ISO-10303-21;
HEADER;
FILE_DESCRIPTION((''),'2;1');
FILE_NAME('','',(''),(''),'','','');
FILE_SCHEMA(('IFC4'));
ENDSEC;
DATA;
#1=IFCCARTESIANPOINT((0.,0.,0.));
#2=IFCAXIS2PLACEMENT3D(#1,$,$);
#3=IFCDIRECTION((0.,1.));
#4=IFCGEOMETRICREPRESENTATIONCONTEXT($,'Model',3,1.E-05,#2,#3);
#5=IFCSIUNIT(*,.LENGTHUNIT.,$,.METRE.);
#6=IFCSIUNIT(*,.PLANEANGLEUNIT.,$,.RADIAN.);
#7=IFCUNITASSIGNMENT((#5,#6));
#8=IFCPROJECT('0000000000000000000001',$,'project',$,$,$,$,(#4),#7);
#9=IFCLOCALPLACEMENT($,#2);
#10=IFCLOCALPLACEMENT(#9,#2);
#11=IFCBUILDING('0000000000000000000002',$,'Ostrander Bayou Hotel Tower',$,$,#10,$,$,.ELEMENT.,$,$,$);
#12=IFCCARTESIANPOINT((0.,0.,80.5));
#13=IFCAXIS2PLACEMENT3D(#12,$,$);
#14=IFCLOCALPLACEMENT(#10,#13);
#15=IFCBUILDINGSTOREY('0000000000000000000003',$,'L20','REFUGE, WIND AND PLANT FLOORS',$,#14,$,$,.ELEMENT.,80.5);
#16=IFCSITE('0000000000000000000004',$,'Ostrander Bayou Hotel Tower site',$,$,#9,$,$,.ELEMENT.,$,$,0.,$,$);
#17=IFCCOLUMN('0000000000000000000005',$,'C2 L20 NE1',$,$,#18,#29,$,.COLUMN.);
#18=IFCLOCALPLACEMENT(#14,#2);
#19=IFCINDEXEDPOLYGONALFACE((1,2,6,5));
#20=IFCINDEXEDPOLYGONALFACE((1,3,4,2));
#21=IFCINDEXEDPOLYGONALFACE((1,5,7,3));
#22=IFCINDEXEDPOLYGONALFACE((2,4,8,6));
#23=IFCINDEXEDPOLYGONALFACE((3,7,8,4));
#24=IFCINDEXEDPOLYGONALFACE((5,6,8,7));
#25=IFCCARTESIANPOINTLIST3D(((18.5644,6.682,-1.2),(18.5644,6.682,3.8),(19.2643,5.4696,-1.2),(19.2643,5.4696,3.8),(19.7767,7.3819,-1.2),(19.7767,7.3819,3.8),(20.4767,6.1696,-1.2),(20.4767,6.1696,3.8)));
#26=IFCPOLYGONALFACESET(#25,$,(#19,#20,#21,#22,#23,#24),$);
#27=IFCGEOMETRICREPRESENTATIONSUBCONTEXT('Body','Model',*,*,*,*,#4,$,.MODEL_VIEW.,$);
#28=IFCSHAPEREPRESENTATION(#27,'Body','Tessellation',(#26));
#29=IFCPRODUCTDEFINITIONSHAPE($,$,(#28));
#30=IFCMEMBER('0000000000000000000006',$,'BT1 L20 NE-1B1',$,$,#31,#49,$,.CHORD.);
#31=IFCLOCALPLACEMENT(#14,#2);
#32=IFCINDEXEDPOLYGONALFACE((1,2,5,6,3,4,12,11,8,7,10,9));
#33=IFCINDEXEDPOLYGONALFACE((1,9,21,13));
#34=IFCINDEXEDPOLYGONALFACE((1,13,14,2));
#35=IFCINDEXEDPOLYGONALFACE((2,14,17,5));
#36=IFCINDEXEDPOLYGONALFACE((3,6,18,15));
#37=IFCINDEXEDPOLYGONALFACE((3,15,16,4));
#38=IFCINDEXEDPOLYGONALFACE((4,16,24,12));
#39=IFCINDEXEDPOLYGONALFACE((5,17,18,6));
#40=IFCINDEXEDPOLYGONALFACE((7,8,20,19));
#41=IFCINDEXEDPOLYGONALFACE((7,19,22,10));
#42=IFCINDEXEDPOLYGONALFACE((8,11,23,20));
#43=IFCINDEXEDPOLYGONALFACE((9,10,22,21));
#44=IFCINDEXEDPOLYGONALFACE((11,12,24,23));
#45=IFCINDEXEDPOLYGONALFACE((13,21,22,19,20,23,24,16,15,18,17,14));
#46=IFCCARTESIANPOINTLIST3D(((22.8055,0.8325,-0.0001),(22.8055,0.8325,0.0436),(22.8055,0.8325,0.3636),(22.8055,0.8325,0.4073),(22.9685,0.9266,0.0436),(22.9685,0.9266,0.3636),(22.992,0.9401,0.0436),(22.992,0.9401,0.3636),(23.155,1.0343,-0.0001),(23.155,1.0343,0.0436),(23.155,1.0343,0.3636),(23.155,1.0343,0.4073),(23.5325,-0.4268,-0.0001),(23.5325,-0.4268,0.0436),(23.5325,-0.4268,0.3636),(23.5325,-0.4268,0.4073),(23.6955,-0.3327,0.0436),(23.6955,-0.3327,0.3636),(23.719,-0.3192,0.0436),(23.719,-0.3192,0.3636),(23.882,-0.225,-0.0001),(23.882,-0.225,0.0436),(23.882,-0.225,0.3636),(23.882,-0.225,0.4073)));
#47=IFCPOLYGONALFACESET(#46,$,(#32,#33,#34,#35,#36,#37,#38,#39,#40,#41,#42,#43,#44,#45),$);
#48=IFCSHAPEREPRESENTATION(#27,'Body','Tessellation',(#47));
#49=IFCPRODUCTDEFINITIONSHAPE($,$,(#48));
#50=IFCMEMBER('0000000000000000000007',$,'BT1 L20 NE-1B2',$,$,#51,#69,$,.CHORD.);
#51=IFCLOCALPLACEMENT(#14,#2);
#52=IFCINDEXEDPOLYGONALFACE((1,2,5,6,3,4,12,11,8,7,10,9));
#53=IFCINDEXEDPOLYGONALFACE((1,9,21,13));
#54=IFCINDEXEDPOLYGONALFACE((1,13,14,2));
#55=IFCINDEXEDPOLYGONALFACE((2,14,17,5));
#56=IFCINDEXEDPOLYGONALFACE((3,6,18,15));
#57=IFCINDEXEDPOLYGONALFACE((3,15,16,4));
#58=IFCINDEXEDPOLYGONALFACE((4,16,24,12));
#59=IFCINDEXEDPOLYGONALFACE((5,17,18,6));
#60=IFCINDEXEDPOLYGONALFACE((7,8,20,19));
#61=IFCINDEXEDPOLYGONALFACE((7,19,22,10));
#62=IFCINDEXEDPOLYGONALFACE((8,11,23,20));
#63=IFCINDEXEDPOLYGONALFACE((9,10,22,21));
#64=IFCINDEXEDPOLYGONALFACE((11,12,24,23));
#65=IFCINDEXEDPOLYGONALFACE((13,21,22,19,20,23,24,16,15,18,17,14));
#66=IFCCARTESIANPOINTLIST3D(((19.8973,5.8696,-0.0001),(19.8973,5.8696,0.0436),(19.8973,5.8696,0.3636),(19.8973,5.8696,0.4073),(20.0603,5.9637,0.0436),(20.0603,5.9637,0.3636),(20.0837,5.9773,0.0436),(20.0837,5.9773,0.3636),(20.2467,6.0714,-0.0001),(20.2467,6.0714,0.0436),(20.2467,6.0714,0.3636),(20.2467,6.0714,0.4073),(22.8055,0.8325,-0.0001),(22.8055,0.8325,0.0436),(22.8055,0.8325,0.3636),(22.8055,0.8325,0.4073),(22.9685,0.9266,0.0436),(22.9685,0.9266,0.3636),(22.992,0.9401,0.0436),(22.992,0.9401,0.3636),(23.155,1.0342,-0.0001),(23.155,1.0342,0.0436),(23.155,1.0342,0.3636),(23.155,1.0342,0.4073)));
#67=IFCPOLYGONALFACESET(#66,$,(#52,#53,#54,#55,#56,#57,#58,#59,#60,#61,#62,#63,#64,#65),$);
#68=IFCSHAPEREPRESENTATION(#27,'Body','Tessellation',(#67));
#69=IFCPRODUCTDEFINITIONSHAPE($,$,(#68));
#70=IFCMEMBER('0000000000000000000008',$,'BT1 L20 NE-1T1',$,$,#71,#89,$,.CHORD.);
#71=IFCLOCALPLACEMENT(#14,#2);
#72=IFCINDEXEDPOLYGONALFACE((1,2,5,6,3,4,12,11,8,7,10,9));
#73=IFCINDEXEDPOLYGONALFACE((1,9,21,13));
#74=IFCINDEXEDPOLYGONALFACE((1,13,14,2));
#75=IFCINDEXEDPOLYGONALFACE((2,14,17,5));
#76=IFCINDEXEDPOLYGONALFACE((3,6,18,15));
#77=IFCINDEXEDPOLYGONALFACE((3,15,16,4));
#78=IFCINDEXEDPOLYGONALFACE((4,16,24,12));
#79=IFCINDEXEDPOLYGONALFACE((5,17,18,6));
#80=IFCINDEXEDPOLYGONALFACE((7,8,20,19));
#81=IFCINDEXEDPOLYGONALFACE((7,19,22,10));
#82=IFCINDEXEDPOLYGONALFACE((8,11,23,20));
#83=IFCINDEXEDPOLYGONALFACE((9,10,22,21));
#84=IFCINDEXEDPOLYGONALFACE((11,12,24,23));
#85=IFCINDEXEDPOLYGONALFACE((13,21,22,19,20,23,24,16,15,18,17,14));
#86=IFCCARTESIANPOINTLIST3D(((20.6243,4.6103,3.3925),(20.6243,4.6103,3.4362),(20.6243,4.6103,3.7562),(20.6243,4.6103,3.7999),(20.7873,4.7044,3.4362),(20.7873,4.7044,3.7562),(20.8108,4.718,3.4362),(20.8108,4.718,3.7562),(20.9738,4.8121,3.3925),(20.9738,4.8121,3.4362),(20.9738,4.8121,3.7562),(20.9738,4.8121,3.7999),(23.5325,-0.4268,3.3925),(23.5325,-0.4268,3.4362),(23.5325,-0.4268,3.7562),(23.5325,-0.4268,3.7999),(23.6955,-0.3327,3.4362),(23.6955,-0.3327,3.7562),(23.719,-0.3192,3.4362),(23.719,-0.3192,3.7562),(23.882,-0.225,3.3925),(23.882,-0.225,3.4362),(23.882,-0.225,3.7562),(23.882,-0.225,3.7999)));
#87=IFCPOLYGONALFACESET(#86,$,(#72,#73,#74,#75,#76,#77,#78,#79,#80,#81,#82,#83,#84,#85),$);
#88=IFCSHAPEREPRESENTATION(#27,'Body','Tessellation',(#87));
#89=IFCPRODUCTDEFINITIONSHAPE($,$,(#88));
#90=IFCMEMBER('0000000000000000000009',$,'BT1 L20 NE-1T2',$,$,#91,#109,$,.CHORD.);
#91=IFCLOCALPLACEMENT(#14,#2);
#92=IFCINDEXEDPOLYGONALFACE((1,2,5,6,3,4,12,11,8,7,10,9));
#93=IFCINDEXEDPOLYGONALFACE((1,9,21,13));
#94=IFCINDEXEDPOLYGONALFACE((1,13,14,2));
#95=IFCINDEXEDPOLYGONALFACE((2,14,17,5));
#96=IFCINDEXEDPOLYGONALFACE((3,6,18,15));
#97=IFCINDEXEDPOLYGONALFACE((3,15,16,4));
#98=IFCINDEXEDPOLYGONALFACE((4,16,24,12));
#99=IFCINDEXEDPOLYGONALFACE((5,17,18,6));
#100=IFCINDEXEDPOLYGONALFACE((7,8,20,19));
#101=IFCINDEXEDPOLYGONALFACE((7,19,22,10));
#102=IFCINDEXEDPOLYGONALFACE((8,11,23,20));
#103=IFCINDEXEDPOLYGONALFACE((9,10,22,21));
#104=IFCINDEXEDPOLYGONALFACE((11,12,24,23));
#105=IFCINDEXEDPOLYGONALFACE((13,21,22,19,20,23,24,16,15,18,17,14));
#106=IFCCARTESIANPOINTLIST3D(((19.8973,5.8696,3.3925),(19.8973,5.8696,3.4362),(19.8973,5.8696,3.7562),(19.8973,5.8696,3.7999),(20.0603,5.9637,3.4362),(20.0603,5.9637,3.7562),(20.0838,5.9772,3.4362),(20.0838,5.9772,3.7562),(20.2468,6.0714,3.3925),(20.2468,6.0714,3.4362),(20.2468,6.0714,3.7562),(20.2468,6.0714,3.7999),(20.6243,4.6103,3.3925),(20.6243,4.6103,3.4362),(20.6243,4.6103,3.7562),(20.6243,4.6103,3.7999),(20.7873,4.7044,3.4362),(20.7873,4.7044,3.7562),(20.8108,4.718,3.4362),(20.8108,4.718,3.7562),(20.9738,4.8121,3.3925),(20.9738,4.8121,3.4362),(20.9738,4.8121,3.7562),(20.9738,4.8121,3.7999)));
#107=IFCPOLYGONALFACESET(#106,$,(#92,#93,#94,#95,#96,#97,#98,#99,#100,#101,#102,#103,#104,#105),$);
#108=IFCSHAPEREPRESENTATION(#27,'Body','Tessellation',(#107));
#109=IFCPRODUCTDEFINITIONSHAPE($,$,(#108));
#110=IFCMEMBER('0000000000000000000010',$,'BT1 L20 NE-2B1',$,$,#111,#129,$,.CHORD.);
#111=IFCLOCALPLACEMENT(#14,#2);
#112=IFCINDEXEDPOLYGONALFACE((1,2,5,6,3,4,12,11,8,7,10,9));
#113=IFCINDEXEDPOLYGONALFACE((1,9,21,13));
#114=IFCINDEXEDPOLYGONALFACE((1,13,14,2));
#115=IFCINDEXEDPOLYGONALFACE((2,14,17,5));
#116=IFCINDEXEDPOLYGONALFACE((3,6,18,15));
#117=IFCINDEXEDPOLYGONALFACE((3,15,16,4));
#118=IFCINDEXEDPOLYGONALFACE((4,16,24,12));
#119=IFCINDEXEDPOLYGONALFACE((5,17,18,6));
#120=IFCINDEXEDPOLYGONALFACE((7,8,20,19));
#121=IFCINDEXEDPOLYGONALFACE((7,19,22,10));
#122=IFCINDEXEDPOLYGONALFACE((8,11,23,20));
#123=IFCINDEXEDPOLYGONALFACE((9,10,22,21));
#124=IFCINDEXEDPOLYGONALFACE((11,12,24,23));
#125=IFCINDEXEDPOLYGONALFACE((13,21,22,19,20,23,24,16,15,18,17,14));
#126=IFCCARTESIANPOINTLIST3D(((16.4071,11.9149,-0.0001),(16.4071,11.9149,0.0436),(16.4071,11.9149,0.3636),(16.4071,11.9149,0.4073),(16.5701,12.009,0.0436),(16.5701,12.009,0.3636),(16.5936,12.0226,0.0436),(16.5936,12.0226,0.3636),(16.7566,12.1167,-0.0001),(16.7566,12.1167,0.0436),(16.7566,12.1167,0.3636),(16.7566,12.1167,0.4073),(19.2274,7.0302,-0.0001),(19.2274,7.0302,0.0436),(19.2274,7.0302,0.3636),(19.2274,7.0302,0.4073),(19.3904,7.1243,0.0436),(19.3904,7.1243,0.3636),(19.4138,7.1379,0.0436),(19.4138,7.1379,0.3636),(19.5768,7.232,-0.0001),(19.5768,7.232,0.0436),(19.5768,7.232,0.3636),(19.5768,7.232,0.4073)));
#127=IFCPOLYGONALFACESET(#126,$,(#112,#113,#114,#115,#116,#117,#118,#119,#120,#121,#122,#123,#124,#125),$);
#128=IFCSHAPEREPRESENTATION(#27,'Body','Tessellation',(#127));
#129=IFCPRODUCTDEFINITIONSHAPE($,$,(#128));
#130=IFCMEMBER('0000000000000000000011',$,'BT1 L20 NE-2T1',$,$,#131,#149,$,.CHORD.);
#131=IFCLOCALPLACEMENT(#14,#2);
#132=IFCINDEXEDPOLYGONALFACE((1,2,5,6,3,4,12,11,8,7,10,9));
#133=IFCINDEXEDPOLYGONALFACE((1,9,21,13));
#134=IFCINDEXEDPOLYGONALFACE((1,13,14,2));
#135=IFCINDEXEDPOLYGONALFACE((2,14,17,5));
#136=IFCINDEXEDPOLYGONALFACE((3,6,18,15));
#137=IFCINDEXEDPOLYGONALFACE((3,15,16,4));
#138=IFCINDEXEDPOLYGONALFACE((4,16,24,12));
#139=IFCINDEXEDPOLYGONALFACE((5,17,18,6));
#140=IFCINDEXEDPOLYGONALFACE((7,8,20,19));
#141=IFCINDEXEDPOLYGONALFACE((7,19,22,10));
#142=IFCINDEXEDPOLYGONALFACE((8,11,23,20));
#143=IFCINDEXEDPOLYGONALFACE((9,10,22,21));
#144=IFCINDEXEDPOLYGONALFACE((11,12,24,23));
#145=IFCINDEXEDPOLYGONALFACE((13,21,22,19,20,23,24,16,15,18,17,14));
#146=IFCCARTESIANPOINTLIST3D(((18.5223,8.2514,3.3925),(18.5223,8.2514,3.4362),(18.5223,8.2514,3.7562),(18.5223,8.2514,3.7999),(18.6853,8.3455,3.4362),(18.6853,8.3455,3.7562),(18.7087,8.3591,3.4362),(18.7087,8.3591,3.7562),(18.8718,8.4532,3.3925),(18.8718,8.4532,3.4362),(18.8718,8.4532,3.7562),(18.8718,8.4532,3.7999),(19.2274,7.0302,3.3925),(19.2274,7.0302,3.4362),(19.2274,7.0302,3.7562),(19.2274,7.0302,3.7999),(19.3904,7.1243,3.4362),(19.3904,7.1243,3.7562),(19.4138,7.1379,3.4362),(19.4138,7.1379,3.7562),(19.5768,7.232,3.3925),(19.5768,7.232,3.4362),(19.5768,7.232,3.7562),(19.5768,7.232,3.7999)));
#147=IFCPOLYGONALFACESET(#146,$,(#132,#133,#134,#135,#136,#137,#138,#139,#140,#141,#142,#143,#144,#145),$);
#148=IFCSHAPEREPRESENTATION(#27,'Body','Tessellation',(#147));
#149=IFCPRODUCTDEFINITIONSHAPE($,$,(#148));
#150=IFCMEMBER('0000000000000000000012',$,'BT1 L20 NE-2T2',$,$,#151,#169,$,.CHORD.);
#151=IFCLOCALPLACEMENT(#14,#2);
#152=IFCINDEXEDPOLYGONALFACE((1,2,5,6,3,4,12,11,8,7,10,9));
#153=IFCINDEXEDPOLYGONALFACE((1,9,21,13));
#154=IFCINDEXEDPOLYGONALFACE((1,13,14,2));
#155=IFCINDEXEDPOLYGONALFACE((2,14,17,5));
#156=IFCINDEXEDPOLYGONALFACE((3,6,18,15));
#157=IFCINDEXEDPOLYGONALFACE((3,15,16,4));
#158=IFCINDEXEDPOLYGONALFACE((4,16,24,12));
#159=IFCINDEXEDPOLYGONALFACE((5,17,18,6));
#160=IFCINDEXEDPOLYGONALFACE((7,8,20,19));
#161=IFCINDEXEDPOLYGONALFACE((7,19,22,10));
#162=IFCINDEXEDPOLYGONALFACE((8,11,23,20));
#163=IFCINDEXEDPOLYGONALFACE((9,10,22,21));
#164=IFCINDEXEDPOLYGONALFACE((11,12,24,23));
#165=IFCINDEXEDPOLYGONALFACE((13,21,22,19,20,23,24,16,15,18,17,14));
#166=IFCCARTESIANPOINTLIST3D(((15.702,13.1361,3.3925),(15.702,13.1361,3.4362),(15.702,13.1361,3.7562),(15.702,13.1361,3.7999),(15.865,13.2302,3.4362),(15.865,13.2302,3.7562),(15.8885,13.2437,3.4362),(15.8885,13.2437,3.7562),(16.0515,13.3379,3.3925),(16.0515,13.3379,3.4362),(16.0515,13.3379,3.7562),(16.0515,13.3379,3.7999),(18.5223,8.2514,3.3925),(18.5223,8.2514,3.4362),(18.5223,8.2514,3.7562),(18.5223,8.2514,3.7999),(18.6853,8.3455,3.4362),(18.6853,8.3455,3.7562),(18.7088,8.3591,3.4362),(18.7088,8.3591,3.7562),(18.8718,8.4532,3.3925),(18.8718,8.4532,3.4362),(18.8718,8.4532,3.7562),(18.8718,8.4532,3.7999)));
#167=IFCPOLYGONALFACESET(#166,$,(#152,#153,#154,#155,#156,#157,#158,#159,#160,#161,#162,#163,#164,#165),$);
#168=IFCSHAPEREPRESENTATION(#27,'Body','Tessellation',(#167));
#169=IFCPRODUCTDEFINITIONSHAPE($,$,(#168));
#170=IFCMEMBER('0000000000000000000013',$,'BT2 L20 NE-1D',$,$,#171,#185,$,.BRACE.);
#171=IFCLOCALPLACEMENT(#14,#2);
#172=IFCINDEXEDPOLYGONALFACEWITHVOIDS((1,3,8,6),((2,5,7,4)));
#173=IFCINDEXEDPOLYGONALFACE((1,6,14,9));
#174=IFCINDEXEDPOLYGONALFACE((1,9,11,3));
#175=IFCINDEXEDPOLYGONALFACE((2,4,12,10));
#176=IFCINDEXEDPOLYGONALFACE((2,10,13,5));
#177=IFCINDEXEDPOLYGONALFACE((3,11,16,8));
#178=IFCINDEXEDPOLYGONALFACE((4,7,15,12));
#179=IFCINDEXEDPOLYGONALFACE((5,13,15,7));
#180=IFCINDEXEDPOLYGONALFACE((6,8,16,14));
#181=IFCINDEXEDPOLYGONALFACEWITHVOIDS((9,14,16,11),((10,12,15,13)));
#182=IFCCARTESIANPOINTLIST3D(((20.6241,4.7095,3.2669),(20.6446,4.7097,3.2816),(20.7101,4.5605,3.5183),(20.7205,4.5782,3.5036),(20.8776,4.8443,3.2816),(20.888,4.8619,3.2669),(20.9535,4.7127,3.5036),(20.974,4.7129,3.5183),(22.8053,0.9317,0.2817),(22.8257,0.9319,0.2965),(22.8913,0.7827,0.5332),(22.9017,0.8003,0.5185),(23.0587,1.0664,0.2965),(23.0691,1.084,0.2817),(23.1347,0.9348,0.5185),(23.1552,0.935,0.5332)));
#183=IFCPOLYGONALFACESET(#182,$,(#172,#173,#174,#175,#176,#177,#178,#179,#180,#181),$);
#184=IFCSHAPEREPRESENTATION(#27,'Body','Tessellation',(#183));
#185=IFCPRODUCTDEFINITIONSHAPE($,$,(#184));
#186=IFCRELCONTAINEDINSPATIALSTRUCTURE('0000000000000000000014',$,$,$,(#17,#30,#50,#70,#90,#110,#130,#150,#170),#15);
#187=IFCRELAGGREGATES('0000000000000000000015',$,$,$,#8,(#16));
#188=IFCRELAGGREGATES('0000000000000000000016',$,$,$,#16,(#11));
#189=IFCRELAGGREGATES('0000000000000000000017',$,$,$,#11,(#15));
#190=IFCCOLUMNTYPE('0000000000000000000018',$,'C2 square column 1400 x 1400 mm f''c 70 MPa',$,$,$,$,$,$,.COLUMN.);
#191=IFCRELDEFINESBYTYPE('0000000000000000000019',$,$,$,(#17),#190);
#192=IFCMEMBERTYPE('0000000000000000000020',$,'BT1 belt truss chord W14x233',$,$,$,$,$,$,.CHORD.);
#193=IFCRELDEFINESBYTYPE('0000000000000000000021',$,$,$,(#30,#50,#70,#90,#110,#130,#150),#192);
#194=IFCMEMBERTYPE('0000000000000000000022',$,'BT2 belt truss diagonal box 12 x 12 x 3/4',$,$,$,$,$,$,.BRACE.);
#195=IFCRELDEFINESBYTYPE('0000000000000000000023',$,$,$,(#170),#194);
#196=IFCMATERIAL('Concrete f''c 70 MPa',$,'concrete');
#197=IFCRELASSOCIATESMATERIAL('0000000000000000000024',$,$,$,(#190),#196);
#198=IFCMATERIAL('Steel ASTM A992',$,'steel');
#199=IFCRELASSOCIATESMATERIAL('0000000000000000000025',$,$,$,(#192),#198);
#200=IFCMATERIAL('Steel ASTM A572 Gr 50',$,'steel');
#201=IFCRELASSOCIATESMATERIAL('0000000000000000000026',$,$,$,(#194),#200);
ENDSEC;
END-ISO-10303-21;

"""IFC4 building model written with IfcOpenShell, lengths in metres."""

from ifc_helpers import new_model, si_unit, direction, frame, origin, origin_2d, place, context, subcontext, project, spatial, rectangle, hollow_rectangle, i_section, extrude, material, material_profile, profile_set, type_object, element, save


model = new_model("IFC4")

# Units and contexts
model_context = context("Model", 3, precision=1e-05, world=origin(), true_north=direction((0.0, 1.0)))
body_context = subcontext(model_context, "Body", "Model", "MODEL_VIEW")
ifc_project = project(units=[si_unit("LENGTHUNIT", "METRE"), si_unit("PLANEANGLEUNIT", "RADIAN")], contexts=[model_context])

# Site, building, storey
site_placement = place(None, origin())
site = spatial("IfcSite", under=ifc_project, at=site_placement, Name="Ostrander Bayou Hotel Tower site", CompositionType="ELEMENT", RefElevation=0.0)
building_placement = place(site_placement, origin())
building = spatial("IfcBuilding", under=site, at=building_placement, Name="Ostrander Bayou Hotel Tower", CompositionType="ELEMENT")
storey_placement = place(building_placement, frame((0.0, 0.0, 80.5)))
storey = spatial("IfcBuildingStorey", under=building, at=storey_placement, Name="L20", Description="REFUGE, WIND AND PLANT FLOORS", CompositionType="ELEMENT", Elevation=80.5)

# Column
ifc_material_1 = material(Name="Concrete f'c 70 MPa", Category="concrete")
ifc_material_profile_1 = material_profile(ifc_material_1, rectangle(XDim=1.3999, YDim=1.3999, at=origin_2d()))
ifc_profile_set_1 = profile_set([ifc_material_profile_1], Name="Concrete f'c 70 MPa")
column_type = type_object("IfcColumnType", Name="C2 square column 1400 x 1400 mm f'c 70 MPa", PredefinedType="COLUMN", material=ifc_profile_set_1)
column_placement = place(storey_placement, frame((19.5205, 6.4258, -1.2), z_axis=(0.0, 0.0, 1.0), x_axis=(0.5, -0.866025, 0.0)))
element("IfcColumn", 1, at=column_placement, inside=storey, type_object=column_type, Name="C2 L20 NE1", PredefinedType="COLUMN", context=body_context, shape_type="SweptSolid", body=[
    extrude(rectangle(XDim=1.3999, YDim=1.3999, at=origin_2d()), origin(), (0.0, 0.0, 1.0), 5.0),
])

# Members
ifc_material_2 = material(Name="Steel ASTM A992", Category="steel")
ifc_material_profile_2 = material_profile(ifc_material_2, i_section(OverallWidth=0.4036, OverallDepth=0.4075, WebThickness=0.0271, FlangeThickness=0.0437, at=origin_2d()))
ifc_profile_set_2 = profile_set([ifc_material_profile_2], Name="Steel ASTM A992")
member_type_1 = type_object("IfcMemberType", Name="BT1 belt truss chord W14x233", PredefinedType="CHORD", material=ifc_profile_set_2)
member_1_placement = place(storey_placement, frame((23.7073, -0.3259, 0.2036), z_axis=(-0.500003, 0.866023, 0.0), x_axis=(-0.866023, -0.500003, 0.0)))
element("IfcMember", 2, at=member_1_placement, inside=storey, type_object=member_type_1, Name="BT1 L20 NE-1B1", PredefinedType="CHORD", context=body_context, shape_type="SweptSolid", body=[
    extrude(i_section(OverallWidth=0.4036, OverallDepth=0.4075, WebThickness=0.0271, FlangeThickness=0.0437, at=origin_2d()), origin(), (0.0, 0.0, 1.0), 1.4541),
])
for number, where, z_axis, x_axis, name in (
    (3, (22.9802, 0.9333, 0.2036), (-0.500003, 0.866023, 0.0), (-0.866023, -0.500003, 0.0), "BT1 L20 NE-1B2"),
    (4, (23.7073, -0.3259, 3.5962), (-0.500003, 0.866023, 0.0), (-0.866023, -0.500003, 0.0), "BT1 L20 NE-1T1"),
):
    element("IfcMember", number, at=place(storey_placement, frame(where, z_axis=z_axis, x_axis=x_axis)), inside=storey, type_object=member_type_1, Name=name, PredefinedType="CHORD", context=body_context, shape_type="SweptSolid", body=[
        extrude(i_section(OverallWidth=0.4036, OverallDepth=0.4075, WebThickness=0.0271, FlangeThickness=0.0437, at=origin_2d()), origin(), (0.0, 0.0, 1.0), 5.8164),
    ])
member_2_placement = place(storey_placement, frame((20.7991, 4.7112, 3.5962), z_axis=(-0.500003, 0.866023, 0.0), x_axis=(-0.866023, -0.500003, 0.0)))
element("IfcMember", 5, at=member_2_placement, inside=storey, type_object=member_type_1, Name="BT1 L20 NE-1T2", PredefinedType="CHORD", context=body_context, shape_type="SweptSolid", body=[
    extrude(i_section(OverallWidth=0.4036, OverallDepth=0.4075, WebThickness=0.0271, FlangeThickness=0.0437, at=origin_2d()), origin(), (0.0, 0.0, 1.0), 1.4541),
])
member_3_placement = place(storey_placement, frame((19.4021, 7.1311, 0.2036), z_axis=(-0.500012, 0.866018, 0.0), x_axis=(-0.866018, -0.500012, 0.0)))
element("IfcMember", 6, at=member_3_placement, inside=storey, type_object=member_type_1, Name="BT1 L20 NE-2B1", PredefinedType="CHORD", context=body_context, shape_type="SweptSolid", body=[
    extrude(i_section(OverallWidth=0.4036, OverallDepth=0.4075, WebThickness=0.0271, FlangeThickness=0.0437, at=origin_2d()), origin(), (0.0, 0.0, 1.0), 5.6404),
])
member_4_placement = place(storey_placement, frame((19.4021, 7.1311, 3.5962), z_axis=(-0.500012, 0.866018, 0.0), x_axis=(-0.866018, -0.500012, 0.0)))
element("IfcMember", 7, at=member_4_placement, inside=storey, type_object=member_type_1, Name="BT1 L20 NE-2T1", PredefinedType="CHORD", context=body_context, shape_type="SweptSolid", body=[
    extrude(i_section(OverallWidth=0.4036, OverallDepth=0.4075, WebThickness=0.0271, FlangeThickness=0.0437, at=origin_2d()), origin(), (0.0, 0.0, 1.0), 1.4102),
])
member_5_placement = place(storey_placement, frame((18.697, 8.3523, 3.5962), z_axis=(-0.500012, 0.866018, 0.0), x_axis=(-0.866018, -0.500012, 0.0)))
element("IfcMember", 8, at=member_5_placement, inside=storey, type_object=member_type_1, Name="BT1 L20 NE-2T2", PredefinedType="CHORD", context=body_context, shape_type="SweptSolid", body=[
    extrude(i_section(OverallWidth=0.4036, OverallDepth=0.4075, WebThickness=0.0271, FlangeThickness=0.0437, at=origin_2d()), origin(), (0.0, 0.0, 1.0), 5.6404),
])
ifc_material_3 = material(Name="Steel ASTM A572 Gr 50", Category="steel")
ifc_material_profile_3 = material_profile(ifc_material_3, hollow_rectangle(XDim=0.3047, YDim=0.3047, WallThickness=0.0178, at=origin_2d()))
ifc_profile_set_3 = profile_set([ifc_material_profile_3], Name="Steel ASTM A572 Gr 50")
member_type_2 = type_object("IfcMemberType", Name="BT2 belt truss diagonal box 12 x 12 x 3/4", PredefinedType="BRACE", material=ifc_profile_set_3)
member_6_placement = place(storey_placement, frame((22.9802, 0.9333, 0.4075), z_axis=(-0.412639, 0.714705, 0.564735), x_axis=(-0.866023, -0.500003, 0.0)))
element("IfcMember", 9, at=member_6_placement, inside=storey, type_object=member_type_2, Name="BT2 L20 NE-1D", PredefinedType="BRACE", context=body_context, shape_type="SweptSolid", body=[
    extrude(hollow_rectangle(XDim=0.3047, YDim=0.3047, WallThickness=0.0178, at=origin_2d()), origin(), (0.0, 0.0, 1.0), 5.2859),
])

save(model, "model.ifc")
